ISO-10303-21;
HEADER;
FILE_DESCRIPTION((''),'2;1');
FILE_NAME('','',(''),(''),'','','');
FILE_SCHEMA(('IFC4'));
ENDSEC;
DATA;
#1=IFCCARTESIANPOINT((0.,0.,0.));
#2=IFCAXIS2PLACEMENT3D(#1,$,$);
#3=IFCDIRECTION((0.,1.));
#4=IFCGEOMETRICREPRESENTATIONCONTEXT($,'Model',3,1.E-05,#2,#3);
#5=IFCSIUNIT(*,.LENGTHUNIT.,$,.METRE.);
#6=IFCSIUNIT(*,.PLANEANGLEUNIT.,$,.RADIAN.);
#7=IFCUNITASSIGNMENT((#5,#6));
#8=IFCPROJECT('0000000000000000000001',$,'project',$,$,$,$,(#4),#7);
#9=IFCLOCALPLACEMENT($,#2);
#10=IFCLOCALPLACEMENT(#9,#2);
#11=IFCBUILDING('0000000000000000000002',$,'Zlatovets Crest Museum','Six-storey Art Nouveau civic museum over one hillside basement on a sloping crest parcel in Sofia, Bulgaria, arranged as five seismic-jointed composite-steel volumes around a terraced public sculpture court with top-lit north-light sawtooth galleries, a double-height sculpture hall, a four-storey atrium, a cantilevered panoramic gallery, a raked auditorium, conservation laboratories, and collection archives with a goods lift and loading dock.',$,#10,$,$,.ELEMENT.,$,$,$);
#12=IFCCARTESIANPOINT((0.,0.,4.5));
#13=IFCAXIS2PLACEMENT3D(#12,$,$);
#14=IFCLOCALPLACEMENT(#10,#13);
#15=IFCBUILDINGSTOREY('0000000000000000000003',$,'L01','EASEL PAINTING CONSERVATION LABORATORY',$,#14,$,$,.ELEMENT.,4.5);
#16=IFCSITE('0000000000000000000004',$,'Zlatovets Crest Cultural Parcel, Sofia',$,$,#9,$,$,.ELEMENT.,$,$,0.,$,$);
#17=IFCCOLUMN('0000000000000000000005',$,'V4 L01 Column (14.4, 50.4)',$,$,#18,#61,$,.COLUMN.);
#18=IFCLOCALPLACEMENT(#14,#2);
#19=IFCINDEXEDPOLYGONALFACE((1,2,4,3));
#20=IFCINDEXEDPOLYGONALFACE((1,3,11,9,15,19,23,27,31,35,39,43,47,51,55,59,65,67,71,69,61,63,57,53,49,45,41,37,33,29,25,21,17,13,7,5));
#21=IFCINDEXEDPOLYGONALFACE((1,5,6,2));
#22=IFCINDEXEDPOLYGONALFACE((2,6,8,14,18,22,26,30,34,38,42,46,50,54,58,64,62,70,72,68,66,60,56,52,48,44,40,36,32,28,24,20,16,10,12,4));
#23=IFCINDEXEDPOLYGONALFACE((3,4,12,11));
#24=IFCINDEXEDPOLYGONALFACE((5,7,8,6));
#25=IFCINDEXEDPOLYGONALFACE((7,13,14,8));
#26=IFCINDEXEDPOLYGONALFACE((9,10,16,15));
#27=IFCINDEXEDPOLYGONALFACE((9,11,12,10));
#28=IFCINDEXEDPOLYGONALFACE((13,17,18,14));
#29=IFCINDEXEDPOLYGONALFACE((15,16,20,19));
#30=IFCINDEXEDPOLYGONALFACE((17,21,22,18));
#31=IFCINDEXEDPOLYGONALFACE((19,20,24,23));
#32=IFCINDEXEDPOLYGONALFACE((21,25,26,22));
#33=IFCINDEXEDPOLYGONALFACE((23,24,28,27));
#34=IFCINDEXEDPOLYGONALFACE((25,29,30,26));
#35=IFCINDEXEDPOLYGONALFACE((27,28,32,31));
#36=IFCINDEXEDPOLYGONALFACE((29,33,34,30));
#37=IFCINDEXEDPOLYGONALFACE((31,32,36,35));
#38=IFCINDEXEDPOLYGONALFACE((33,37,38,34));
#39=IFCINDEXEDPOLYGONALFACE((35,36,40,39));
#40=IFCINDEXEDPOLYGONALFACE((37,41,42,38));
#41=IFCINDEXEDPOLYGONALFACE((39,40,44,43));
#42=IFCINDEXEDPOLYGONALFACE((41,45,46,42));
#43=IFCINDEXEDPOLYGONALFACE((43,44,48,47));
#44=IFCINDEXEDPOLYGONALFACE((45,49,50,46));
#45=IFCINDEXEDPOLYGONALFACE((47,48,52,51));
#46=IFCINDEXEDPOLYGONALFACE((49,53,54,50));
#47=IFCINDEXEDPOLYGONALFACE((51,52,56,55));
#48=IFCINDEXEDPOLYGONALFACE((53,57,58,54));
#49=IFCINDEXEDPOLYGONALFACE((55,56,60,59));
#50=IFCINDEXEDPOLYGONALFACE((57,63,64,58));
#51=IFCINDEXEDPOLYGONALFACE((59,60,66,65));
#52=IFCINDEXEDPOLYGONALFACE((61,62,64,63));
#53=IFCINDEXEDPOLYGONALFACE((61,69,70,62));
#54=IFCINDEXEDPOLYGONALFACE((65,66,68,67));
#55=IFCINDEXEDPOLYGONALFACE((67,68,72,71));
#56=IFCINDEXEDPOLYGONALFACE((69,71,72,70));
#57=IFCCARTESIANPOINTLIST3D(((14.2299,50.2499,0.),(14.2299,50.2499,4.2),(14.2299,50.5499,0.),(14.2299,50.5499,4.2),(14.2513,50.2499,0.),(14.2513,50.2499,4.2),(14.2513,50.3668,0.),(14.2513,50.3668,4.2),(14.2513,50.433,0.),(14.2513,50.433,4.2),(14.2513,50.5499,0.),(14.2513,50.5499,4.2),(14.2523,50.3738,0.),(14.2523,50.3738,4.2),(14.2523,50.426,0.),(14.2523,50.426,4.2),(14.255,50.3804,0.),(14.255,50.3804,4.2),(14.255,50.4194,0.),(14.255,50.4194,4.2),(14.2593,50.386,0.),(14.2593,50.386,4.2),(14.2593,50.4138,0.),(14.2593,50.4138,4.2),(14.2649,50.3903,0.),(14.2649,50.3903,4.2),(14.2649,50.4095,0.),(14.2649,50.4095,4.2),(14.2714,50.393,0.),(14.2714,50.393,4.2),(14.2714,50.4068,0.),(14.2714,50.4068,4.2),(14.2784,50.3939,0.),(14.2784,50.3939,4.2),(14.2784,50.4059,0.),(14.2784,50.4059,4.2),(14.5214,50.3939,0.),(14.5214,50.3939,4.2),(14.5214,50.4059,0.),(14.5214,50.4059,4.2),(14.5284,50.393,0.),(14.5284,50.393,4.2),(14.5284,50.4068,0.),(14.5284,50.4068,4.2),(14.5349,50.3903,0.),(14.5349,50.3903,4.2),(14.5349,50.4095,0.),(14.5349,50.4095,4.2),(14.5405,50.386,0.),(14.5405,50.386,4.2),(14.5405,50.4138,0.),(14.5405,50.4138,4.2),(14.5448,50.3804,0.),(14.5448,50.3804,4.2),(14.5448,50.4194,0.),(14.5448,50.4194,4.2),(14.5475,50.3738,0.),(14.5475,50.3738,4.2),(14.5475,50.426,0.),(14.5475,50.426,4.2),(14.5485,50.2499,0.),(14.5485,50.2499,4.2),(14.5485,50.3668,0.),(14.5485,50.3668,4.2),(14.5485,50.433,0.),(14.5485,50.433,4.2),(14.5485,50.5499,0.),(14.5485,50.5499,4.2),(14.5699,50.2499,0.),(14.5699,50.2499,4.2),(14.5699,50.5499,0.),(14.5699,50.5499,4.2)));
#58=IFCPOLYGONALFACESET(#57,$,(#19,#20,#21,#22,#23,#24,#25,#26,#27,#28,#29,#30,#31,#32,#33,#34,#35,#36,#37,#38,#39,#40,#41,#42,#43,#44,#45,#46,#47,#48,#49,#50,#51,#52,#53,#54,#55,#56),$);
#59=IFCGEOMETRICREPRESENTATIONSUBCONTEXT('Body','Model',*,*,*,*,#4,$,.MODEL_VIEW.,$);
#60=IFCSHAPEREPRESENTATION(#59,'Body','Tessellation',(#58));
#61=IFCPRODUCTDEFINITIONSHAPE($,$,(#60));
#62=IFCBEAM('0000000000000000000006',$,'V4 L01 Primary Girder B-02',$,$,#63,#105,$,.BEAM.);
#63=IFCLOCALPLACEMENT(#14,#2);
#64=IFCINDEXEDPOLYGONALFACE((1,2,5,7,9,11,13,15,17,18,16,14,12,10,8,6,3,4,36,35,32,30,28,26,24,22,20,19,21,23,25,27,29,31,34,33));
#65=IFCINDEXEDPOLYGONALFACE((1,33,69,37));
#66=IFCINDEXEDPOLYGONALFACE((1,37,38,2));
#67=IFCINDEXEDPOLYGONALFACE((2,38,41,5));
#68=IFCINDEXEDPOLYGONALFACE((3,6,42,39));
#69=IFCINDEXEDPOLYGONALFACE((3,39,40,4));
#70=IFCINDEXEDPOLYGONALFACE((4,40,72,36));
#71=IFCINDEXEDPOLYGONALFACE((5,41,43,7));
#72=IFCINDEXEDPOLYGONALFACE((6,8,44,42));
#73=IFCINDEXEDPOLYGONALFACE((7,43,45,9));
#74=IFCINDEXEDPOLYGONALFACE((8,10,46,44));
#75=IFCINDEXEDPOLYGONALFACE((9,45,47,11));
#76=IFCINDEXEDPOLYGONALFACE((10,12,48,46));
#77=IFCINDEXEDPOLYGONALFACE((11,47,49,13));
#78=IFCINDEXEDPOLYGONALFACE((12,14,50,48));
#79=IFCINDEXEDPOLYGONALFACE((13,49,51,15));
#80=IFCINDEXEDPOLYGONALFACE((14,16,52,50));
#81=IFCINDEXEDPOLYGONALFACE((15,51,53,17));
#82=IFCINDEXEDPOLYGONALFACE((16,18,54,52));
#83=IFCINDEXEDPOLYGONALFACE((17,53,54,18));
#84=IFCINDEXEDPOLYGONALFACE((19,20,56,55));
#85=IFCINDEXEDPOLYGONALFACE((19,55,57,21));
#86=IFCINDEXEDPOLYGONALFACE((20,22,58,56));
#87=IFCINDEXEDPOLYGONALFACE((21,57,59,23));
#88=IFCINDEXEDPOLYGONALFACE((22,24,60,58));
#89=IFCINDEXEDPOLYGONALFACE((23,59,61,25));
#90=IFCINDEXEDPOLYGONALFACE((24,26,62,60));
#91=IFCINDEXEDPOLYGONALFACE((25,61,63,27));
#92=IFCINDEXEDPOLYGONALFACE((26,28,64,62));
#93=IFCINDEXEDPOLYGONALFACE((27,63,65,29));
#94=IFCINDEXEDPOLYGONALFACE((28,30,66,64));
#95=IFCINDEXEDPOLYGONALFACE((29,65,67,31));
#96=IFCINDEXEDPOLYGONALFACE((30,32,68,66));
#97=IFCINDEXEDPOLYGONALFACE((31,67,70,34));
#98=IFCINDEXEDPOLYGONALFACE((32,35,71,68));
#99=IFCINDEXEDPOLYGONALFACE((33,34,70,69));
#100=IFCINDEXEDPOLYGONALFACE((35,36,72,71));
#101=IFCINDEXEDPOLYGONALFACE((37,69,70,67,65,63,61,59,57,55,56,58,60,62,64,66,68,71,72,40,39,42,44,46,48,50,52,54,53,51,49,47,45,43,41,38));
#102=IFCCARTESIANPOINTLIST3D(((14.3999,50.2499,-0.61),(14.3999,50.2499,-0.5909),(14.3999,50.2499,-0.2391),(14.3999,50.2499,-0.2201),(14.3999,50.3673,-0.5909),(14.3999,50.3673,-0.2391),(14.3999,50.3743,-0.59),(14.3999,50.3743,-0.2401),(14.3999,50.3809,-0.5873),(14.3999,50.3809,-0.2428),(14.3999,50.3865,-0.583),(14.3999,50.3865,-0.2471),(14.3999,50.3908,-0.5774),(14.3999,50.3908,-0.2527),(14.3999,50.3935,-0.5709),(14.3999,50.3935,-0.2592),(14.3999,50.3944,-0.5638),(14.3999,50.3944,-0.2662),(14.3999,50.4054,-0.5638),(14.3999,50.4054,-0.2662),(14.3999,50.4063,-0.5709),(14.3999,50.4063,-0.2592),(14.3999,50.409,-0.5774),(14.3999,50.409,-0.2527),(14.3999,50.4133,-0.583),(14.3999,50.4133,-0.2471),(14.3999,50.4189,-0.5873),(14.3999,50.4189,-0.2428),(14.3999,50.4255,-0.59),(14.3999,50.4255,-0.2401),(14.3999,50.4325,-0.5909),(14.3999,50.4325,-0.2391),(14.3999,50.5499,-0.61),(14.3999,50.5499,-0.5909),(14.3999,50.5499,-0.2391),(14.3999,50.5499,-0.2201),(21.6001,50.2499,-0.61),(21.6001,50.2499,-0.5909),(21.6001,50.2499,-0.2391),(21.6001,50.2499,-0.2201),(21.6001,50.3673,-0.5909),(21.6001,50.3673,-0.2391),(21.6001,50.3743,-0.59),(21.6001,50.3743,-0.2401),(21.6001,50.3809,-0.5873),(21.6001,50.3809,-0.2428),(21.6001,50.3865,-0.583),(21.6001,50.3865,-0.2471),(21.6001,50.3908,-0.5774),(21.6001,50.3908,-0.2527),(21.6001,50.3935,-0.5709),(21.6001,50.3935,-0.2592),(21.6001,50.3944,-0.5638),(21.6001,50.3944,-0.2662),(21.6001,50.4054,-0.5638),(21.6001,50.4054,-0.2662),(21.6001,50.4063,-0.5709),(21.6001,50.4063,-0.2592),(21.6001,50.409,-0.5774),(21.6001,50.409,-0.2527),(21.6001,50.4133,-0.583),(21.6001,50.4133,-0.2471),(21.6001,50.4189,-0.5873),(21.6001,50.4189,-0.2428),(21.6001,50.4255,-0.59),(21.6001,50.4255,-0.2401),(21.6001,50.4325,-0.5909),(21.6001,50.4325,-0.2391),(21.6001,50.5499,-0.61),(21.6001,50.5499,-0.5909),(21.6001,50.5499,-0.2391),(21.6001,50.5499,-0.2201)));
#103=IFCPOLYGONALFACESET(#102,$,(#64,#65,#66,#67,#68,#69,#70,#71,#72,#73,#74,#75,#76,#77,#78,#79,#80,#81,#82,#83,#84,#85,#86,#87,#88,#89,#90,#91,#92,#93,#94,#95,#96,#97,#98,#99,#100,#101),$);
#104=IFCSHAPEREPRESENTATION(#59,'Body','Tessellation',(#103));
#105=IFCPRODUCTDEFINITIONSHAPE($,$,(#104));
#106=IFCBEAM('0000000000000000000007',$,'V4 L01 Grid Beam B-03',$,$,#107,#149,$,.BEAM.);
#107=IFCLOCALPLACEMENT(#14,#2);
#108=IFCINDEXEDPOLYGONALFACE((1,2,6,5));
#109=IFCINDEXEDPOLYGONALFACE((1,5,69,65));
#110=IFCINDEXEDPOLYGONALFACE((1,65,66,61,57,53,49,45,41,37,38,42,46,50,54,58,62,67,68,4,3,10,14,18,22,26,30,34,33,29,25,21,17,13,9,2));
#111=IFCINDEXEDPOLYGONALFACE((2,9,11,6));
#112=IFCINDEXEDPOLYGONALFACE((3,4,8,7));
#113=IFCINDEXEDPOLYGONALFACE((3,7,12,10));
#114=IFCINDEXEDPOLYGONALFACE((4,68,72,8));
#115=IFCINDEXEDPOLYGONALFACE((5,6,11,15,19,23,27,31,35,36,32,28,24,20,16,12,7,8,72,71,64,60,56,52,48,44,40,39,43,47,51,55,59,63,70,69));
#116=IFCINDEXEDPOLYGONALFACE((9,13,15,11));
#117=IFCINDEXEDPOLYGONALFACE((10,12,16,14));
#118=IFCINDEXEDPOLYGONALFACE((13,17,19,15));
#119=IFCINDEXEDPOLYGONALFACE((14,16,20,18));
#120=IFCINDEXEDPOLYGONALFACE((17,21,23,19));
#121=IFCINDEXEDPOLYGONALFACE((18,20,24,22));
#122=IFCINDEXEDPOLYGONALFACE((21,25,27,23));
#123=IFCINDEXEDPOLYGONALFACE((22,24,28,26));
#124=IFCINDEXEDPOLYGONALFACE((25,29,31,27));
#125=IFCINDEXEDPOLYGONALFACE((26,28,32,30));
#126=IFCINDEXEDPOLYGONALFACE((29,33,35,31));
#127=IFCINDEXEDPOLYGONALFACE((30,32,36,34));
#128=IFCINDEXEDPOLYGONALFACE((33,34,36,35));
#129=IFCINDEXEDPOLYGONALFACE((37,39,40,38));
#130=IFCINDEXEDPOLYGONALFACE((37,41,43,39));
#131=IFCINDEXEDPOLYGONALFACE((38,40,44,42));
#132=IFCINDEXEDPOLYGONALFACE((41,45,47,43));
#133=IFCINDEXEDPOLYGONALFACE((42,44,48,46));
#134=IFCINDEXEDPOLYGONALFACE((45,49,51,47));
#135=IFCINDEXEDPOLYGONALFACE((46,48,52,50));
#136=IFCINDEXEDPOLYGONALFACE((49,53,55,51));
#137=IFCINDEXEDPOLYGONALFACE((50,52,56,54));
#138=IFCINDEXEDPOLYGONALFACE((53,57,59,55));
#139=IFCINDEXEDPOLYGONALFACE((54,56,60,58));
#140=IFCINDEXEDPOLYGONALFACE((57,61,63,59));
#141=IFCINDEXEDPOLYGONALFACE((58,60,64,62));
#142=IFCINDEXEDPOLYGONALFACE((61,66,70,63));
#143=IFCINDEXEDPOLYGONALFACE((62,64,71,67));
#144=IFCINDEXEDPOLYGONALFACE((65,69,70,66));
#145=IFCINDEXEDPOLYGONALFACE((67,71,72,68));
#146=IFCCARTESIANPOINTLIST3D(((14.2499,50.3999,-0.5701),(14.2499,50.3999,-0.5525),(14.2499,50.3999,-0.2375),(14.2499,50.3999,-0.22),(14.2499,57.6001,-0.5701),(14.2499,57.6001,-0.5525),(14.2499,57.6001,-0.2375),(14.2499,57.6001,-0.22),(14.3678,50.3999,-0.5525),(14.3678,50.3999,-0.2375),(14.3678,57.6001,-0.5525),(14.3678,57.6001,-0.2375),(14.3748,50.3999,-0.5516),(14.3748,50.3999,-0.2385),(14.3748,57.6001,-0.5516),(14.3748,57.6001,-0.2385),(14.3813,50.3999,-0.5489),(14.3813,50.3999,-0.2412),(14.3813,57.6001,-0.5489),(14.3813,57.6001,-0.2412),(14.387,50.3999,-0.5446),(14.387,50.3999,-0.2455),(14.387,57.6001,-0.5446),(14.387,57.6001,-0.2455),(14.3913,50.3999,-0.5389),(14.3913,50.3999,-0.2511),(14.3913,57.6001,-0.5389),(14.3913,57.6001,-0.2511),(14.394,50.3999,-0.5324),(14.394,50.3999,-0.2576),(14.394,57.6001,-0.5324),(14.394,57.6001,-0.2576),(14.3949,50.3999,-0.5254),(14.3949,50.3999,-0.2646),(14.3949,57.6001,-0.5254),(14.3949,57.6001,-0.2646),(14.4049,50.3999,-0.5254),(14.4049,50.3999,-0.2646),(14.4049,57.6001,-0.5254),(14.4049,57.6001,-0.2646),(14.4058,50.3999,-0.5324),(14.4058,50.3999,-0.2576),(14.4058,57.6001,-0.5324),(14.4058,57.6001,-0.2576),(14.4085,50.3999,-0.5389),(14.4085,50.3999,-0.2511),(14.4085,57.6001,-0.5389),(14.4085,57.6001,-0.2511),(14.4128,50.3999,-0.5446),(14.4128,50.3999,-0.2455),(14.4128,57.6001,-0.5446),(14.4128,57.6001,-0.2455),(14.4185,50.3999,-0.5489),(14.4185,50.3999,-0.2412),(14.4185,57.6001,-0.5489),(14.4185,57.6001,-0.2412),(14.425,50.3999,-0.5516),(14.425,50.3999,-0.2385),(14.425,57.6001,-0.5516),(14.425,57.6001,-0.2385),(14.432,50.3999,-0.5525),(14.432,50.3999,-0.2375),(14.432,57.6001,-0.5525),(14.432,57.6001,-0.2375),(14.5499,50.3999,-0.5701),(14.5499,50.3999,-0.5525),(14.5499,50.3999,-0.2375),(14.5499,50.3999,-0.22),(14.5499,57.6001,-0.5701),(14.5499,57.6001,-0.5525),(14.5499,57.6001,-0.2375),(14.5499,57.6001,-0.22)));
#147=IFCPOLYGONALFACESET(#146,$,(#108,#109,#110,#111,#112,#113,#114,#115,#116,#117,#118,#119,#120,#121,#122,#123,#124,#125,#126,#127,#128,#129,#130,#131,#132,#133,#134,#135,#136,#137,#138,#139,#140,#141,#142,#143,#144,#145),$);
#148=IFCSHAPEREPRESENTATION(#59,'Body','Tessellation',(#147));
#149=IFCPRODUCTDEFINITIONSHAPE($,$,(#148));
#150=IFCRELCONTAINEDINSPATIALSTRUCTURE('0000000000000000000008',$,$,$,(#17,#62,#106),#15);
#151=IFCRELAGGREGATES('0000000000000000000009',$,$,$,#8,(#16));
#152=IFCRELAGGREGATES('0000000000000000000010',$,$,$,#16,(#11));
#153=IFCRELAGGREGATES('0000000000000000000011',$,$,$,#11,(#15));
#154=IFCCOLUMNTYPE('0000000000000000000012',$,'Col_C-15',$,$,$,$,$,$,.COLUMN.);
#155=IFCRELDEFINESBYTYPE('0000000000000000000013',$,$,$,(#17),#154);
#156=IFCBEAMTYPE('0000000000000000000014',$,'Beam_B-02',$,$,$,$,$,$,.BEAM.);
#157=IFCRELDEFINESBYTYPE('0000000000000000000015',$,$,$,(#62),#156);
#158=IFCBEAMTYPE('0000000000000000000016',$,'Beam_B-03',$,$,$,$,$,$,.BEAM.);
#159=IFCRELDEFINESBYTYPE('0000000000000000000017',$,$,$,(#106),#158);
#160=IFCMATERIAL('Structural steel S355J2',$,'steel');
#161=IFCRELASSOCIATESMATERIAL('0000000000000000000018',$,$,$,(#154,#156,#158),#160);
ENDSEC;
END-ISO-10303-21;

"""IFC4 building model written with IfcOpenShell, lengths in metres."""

from ifc_helpers import new_model, si_unit, direction, frame, origin, origin_2d, place, context, subcontext, project, spatial, i_section, extrude, material, material_profile, profile_set, type_object, element, save


model = new_model("IFC4")

# Units and contexts
model_context = context("Model", 3, precision=1e-05, world=origin(), true_north=direction((0.0, 1.0)))
body_context = subcontext(model_context, "Body", "Model", "MODEL_VIEW")
ifc_project = project(units=[si_unit("LENGTHUNIT", "METRE"), si_unit("PLANEANGLEUNIT", "RADIAN")], contexts=[model_context])

# Site, building, storey
site_placement = place(None, origin())
site = spatial("IfcSite", under=ifc_project, at=site_placement, Name="Zlatovets Crest Cultural Parcel, Sofia", CompositionType="ELEMENT", RefElevation=0.0)
building_placement = place(site_placement, origin())
building = spatial("IfcBuilding", under=site, at=building_placement, Name="Zlatovets Crest Museum", Description="Six-storey Art Nouveau civic museum over one hillside basement on a sloping crest parcel in Sofia, Bulgaria, arranged as five seismic-jointed composite-steel volumes around a terraced public sculpture court with top-lit north-light sawtooth galleries, a double-height sculpture hall, a four-storey atrium, a cantilevered panoramic gallery, a raked auditorium, conservation laboratories, and collection archives with a goods lift and loading dock.", CompositionType="ELEMENT")
storey_placement = place(building_placement, frame((0.0, 0.0, 4.5)))
storey = spatial("IfcBuildingStorey", under=building, at=storey_placement, Name="L01", Description="EASEL PAINTING CONSERVATION LABORATORY", CompositionType="ELEMENT", Elevation=4.5)

# Column
ifc_material_1 = material(Name="Structural steel S355J2", Category="steel")
ifc_material_profile_1 = material_profile(ifc_material_1, i_section(OverallWidth=0.3, OverallDepth=0.3401, WebThickness=0.012, FlangeThickness=0.0215, FilletRadius=0.0271, at=origin_2d()), Name="HEB 340")
ifc_profile_set_1 = profile_set([ifc_material_profile_1], Name="Structural steel S355J2")
column_type = type_object("IfcColumnType", Name="Col_C-15", PredefinedType="COLUMN", material=ifc_profile_set_1)
column_placement = place(storey_placement, frame((14.3999, 50.3999, 0.0), z_axis=(0.0, 0.0, 1.0), x_axis=(0.0, 1.0, 0.0)))
element("IfcColumn", 1, at=column_placement, inside=storey, type_object=column_type, Name="V4 L01 Column (14.4, 50.4)", PredefinedType="COLUMN", context=body_context, shape_type="SweptSolid", body=[
    extrude(i_section(OverallWidth=0.3, OverallDepth=0.3401, WebThickness=0.012, FlangeThickness=0.0215, FilletRadius=0.0271, at=origin_2d()), origin(), (0.0, 0.0, 1.0), 4.2),
])

# Beams
ifc_material_profile_2 = material_profile(ifc_material_1, i_section(OverallWidth=0.3, OverallDepth=0.3899, WebThickness=0.011, FlangeThickness=0.019, FilletRadius=0.0271, at=origin_2d()), Name="HEA 400")
ifc_profile_set_2 = profile_set([ifc_material_profile_2], Name="Structural steel S355J2")
beam_type_1 = type_object("IfcBeamType", Name="Beam_B-02", PredefinedType="BEAM", material=ifc_profile_set_2)
beam_1_placement = place(storey_placement, frame((14.3999, 50.3999, -0.415), z_axis=(1.0, 0.0, 0.0), x_axis=(0.0, 1.0, 0.0)))
element("IfcBeam", 2, at=beam_1_placement, inside=storey, type_object=beam_type_1, Name="V4 L01 Primary Girder B-02", PredefinedType="BEAM", context=body_context, shape_type="SweptSolid", body=[
    extrude(i_section(OverallWidth=0.3, OverallDepth=0.3899, WebThickness=0.011, FlangeThickness=0.019, FilletRadius=0.0271, at=origin_2d()), origin(), (0.0, 0.0, 1.0), 7.2002),
])
ifc_material_profile_3 = material_profile(ifc_material_1, i_section(OverallWidth=0.3, OverallDepth=0.3501, WebThickness=0.01, FlangeThickness=0.0176, FilletRadius=0.0271, at=origin_2d()), Name="HEA 360")
ifc_profile_set_3 = profile_set([ifc_material_profile_3], Name="Structural steel S355J2")
beam_type_2 = type_object("IfcBeamType", Name="Beam_B-03", PredefinedType="BEAM", material=ifc_profile_set_3)
beam_2_placement = place(storey_placement, frame((14.3999, 50.3999, -0.395), z_axis=(0.0, 1.0, 0.0), x_axis=(-1.0, 0.0, 0.0)))
element("IfcBeam", 3, at=beam_2_placement, inside=storey, type_object=beam_type_2, Name="V4 L01 Grid Beam B-03", PredefinedType="BEAM", context=body_context, shape_type="SweptSolid", body=[
    extrude(i_section(OverallWidth=0.3, OverallDepth=0.3501, WebThickness=0.01, FlangeThickness=0.0176, FilletRadius=0.0271, at=origin_2d()), origin(), (0.0, 0.0, 1.0), 7.2002),
])

save(model, "model.ifc")
